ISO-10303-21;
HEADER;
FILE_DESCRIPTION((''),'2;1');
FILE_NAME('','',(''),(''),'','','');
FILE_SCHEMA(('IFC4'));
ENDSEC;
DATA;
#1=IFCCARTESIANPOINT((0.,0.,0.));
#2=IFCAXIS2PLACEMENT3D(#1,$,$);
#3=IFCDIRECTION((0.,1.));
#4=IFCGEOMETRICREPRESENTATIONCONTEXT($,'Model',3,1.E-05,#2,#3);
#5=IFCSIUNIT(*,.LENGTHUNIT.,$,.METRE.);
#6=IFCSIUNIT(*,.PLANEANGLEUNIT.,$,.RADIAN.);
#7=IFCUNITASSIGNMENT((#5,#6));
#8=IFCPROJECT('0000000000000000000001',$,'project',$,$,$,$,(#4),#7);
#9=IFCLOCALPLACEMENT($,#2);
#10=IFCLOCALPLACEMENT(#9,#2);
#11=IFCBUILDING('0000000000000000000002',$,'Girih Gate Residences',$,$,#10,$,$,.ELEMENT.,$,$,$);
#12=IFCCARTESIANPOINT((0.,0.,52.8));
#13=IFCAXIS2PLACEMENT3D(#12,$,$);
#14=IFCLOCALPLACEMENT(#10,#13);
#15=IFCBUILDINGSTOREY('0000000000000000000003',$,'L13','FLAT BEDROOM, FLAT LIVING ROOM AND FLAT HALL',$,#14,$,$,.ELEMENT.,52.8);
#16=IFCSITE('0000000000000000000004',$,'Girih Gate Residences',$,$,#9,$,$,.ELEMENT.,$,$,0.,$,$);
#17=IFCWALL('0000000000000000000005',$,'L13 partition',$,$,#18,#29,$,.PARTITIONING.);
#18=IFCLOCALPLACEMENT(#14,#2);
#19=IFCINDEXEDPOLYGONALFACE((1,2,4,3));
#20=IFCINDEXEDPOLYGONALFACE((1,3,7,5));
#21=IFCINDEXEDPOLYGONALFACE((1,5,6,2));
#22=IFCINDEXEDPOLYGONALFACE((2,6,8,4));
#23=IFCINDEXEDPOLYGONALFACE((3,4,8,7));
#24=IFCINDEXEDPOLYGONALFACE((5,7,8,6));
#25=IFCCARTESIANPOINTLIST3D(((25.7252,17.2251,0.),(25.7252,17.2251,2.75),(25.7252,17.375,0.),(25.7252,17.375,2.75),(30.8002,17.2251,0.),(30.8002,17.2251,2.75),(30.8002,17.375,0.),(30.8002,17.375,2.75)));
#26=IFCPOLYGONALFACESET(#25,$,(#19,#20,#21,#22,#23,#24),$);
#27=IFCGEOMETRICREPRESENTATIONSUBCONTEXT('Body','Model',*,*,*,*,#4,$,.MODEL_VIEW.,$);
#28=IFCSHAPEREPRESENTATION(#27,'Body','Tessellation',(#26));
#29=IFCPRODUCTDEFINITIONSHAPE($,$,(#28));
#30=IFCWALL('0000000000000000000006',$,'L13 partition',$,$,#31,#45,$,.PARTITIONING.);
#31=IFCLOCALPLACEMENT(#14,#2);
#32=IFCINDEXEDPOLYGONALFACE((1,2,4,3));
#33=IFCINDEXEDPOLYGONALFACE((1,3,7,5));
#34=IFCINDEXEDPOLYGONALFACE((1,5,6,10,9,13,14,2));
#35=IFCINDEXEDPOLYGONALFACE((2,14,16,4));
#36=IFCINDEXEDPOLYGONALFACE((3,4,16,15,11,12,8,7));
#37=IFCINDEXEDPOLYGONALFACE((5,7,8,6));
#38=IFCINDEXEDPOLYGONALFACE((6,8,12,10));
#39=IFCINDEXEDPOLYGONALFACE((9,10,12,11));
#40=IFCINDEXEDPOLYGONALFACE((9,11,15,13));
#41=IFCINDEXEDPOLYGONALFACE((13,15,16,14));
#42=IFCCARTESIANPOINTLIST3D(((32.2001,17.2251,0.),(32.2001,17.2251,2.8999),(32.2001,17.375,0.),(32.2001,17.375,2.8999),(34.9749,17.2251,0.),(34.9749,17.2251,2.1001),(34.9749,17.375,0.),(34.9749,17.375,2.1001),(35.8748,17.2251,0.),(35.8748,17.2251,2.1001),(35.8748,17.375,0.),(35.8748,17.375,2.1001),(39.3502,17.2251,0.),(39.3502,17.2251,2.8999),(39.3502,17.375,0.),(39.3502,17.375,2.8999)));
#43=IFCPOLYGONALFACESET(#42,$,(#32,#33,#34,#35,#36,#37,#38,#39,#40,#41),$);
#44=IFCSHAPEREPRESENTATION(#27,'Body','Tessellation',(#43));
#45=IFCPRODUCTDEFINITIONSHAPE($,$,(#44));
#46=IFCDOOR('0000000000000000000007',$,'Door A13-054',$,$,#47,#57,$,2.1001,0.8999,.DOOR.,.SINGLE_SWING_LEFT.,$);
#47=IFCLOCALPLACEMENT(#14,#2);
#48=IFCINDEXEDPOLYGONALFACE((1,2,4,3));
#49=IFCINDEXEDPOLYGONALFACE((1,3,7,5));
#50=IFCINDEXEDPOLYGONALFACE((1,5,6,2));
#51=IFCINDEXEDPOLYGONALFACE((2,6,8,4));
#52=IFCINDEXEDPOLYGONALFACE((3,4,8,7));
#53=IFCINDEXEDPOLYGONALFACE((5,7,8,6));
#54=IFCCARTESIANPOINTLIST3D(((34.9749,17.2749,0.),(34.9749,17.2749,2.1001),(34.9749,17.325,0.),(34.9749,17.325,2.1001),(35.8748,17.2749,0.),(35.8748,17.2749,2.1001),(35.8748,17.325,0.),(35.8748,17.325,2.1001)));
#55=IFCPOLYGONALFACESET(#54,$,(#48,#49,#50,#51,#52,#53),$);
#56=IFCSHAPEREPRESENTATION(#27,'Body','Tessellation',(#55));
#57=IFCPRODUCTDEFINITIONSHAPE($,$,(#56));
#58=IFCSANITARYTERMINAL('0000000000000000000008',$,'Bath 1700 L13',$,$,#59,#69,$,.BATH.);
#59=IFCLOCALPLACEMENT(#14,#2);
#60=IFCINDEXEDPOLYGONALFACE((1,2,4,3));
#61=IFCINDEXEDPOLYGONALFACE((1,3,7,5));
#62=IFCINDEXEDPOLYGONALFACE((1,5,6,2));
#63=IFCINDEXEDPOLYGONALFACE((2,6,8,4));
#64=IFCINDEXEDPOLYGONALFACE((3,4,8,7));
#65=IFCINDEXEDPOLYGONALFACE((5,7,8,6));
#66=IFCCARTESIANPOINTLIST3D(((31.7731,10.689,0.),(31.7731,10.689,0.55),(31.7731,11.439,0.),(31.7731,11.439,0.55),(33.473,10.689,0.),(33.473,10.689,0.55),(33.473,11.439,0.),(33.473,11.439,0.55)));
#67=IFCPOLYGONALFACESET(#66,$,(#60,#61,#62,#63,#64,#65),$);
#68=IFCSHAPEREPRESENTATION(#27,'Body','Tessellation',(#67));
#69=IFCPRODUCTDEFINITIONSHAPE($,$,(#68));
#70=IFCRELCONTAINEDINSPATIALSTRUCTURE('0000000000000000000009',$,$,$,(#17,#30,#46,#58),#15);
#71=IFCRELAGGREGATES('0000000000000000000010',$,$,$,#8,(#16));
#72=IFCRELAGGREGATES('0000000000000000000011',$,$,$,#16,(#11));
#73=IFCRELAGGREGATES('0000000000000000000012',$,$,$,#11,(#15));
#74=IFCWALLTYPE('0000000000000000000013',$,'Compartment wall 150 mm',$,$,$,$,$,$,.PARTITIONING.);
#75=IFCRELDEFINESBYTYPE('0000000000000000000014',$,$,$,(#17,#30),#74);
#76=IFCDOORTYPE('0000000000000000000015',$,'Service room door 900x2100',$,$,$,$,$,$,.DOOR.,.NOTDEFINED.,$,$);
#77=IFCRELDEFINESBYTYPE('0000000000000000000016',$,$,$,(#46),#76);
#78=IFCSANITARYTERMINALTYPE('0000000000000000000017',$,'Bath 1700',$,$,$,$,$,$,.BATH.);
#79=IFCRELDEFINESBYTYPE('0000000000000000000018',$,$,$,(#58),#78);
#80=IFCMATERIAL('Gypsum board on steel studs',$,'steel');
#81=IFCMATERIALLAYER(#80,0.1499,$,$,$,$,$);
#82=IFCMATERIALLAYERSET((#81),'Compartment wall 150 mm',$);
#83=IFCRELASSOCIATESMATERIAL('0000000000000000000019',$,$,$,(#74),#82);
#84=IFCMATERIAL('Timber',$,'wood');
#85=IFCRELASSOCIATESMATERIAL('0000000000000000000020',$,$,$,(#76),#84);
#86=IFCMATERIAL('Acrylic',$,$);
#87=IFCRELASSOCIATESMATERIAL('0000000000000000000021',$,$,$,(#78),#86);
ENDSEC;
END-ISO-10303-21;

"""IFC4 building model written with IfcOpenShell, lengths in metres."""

from ifc_helpers import new_model, si_unit, direction, frame, frame_2d, origin, origin_2d, place, context, subcontext, project, spatial, rectangle, extrude, material, layer, layer_set, type_object, element, fill, save


model = new_model("IFC4")

# Units and contexts
model_context = context("Model", 3, precision=1e-05, world=origin(), true_north=direction((0.0, 1.0)))
body_context = subcontext(model_context, "Body", "Model", "MODEL_VIEW")
ifc_project = project(units=[si_unit("LENGTHUNIT", "METRE"), si_unit("PLANEANGLEUNIT", "RADIAN")], contexts=[model_context])

# Site, building, storey
site_placement = place(None, origin())
site = spatial("IfcSite", under=ifc_project, at=site_placement, Name="Girih Gate Residences", CompositionType="ELEMENT", RefElevation=0.0)
building_placement = place(site_placement, origin())
building = spatial("IfcBuilding", under=site, at=building_placement, Name="Girih Gate Residences", CompositionType="ELEMENT")
storey_placement = place(building_placement, frame((0.0, 0.0, 52.8)))
storey = spatial("IfcBuildingStorey", under=building, at=storey_placement, Name="L13", Description="FLAT BEDROOM, FLAT LIVING ROOM AND FLAT HALL", CompositionType="ELEMENT", Elevation=52.8)

# Shared definitions
ifc_material_1 = material(Name="Gypsum board on steel studs", Category="steel")
ifc_layer_1 = layer(ifc_material_1, 0.1499)
ifc_layer_set_1 = layer_set([ifc_layer_1], Name="Compartment wall 150 mm")
wall_type_1 = type_object("IfcWallType", Name="Compartment wall 150 mm", PredefinedType="PARTITIONING", material=ifc_layer_set_1)

# Wall
wall_1_placement = place(storey_placement, frame((25.7251, 17.3, 0.0), z_axis=(0.0, 0.0, 1.0), x_axis=(1.0, 0.0, 0.0)))
element("IfcWall", 1, at=wall_1_placement, inside=storey, type_object=wall_type_1, Name="L13 partition", PredefinedType="PARTITIONING", context=body_context, shape_type="SweptSolid", body=[
    extrude(rectangle(XDim=5.075, YDim=0.1499, at=frame_2d((2.5376, 0.0))), origin(), (0.0, 0.0, 1.0), 2.75),
])

# Wall, opening, door
wall_2_placement = place(storey_placement, frame((32.2, 17.3, 0.0), z_axis=(0.0, 0.0, 1.0), x_axis=(1.0, 0.0, 0.0)))
wall_2 = element("IfcWall", 2, at=wall_2_placement, inside=storey, type_object=wall_type_1, Name="L13 partition", PredefinedType="PARTITIONING", context=body_context, shape_type="SweptSolid", body=[
    extrude(rectangle(XDim=7.1501, YDim=0.1499, at=frame_2d((3.5752, 0.0))), origin(), (0.0, 0.0, 1.0), 2.8999),
])
opening_1_placement = place(wall_2_placement, frame((2.7749, 0.0, 0.0)))
opening_1 = element("IfcOpeningElement", 3, at=opening_1_placement, cuts=wall_2, PredefinedType="OPENING", context=body_context, shape_type="SweptSolid", body=[
    extrude(rectangle(XDim=0.8999, YDim=2.1001, at=frame_2d((0.45, 1.05))), frame((0.0, 0.085, 0.0), z_axis=(0.0, -1.0, 0.0), x_axis=(1.0, 0.0, 0.0)), (0.0, 0.0, 1.0), 0.1699),
])
ifc_material_2 = material(Name="Timber", Category="wood")
door_type_1 = type_object("IfcDoorType", Name="Service room door 900x2100", OperationType="NOTDEFINED", PredefinedType="DOOR", material=ifc_material_2)
door_1_placement = place(opening_1_placement, origin())
door_1 = element("IfcDoor", 4, at=door_1_placement, inside=storey, type_object=door_type_1, Name="Door A13-054", OperationType="SINGLE_SWING_LEFT", OverallHeight=2.1001, OverallWidth=0.8999, PredefinedType="DOOR", context=body_context, shape_type="SweptSolid", body=[
    extrude(rectangle(XDim=0.8999, YDim=2.1001, at=frame_2d((0.45, 1.05))), frame((0.0, 0.0249, 0.0), z_axis=(0.0, -1.0, 0.0), x_axis=(1.0, 0.0, 0.0)), (0.0, 0.0, 1.0), 0.05),
])
fill(opening_1, door_1)

# Sanitary terminal
ifc_material_3 = material(Name="Acrylic")
sanitary_terminal_type = type_object("IfcSanitaryTerminalType", Name="Bath 1700", PredefinedType="BATH", material=ifc_material_3)
sanitary_terminal_placement = place(storey_placement, frame((32.623, 11.064, 0.0), z_axis=(0.0, 0.0, 1.0), x_axis=(1.0, 0.0, 0.0)))
element("IfcSanitaryTerminal", 5, at=sanitary_terminal_placement, inside=storey, type_object=sanitary_terminal_type, Name="Bath 1700 L13", PredefinedType="BATH", context=body_context, shape_type="SweptSolid", body=[
    extrude(rectangle(XDim=1.7, YDim=0.75, at=origin_2d()), origin(), (0.0, 0.0, 1.0), 0.55),
])

save(model, "model.ifc")
